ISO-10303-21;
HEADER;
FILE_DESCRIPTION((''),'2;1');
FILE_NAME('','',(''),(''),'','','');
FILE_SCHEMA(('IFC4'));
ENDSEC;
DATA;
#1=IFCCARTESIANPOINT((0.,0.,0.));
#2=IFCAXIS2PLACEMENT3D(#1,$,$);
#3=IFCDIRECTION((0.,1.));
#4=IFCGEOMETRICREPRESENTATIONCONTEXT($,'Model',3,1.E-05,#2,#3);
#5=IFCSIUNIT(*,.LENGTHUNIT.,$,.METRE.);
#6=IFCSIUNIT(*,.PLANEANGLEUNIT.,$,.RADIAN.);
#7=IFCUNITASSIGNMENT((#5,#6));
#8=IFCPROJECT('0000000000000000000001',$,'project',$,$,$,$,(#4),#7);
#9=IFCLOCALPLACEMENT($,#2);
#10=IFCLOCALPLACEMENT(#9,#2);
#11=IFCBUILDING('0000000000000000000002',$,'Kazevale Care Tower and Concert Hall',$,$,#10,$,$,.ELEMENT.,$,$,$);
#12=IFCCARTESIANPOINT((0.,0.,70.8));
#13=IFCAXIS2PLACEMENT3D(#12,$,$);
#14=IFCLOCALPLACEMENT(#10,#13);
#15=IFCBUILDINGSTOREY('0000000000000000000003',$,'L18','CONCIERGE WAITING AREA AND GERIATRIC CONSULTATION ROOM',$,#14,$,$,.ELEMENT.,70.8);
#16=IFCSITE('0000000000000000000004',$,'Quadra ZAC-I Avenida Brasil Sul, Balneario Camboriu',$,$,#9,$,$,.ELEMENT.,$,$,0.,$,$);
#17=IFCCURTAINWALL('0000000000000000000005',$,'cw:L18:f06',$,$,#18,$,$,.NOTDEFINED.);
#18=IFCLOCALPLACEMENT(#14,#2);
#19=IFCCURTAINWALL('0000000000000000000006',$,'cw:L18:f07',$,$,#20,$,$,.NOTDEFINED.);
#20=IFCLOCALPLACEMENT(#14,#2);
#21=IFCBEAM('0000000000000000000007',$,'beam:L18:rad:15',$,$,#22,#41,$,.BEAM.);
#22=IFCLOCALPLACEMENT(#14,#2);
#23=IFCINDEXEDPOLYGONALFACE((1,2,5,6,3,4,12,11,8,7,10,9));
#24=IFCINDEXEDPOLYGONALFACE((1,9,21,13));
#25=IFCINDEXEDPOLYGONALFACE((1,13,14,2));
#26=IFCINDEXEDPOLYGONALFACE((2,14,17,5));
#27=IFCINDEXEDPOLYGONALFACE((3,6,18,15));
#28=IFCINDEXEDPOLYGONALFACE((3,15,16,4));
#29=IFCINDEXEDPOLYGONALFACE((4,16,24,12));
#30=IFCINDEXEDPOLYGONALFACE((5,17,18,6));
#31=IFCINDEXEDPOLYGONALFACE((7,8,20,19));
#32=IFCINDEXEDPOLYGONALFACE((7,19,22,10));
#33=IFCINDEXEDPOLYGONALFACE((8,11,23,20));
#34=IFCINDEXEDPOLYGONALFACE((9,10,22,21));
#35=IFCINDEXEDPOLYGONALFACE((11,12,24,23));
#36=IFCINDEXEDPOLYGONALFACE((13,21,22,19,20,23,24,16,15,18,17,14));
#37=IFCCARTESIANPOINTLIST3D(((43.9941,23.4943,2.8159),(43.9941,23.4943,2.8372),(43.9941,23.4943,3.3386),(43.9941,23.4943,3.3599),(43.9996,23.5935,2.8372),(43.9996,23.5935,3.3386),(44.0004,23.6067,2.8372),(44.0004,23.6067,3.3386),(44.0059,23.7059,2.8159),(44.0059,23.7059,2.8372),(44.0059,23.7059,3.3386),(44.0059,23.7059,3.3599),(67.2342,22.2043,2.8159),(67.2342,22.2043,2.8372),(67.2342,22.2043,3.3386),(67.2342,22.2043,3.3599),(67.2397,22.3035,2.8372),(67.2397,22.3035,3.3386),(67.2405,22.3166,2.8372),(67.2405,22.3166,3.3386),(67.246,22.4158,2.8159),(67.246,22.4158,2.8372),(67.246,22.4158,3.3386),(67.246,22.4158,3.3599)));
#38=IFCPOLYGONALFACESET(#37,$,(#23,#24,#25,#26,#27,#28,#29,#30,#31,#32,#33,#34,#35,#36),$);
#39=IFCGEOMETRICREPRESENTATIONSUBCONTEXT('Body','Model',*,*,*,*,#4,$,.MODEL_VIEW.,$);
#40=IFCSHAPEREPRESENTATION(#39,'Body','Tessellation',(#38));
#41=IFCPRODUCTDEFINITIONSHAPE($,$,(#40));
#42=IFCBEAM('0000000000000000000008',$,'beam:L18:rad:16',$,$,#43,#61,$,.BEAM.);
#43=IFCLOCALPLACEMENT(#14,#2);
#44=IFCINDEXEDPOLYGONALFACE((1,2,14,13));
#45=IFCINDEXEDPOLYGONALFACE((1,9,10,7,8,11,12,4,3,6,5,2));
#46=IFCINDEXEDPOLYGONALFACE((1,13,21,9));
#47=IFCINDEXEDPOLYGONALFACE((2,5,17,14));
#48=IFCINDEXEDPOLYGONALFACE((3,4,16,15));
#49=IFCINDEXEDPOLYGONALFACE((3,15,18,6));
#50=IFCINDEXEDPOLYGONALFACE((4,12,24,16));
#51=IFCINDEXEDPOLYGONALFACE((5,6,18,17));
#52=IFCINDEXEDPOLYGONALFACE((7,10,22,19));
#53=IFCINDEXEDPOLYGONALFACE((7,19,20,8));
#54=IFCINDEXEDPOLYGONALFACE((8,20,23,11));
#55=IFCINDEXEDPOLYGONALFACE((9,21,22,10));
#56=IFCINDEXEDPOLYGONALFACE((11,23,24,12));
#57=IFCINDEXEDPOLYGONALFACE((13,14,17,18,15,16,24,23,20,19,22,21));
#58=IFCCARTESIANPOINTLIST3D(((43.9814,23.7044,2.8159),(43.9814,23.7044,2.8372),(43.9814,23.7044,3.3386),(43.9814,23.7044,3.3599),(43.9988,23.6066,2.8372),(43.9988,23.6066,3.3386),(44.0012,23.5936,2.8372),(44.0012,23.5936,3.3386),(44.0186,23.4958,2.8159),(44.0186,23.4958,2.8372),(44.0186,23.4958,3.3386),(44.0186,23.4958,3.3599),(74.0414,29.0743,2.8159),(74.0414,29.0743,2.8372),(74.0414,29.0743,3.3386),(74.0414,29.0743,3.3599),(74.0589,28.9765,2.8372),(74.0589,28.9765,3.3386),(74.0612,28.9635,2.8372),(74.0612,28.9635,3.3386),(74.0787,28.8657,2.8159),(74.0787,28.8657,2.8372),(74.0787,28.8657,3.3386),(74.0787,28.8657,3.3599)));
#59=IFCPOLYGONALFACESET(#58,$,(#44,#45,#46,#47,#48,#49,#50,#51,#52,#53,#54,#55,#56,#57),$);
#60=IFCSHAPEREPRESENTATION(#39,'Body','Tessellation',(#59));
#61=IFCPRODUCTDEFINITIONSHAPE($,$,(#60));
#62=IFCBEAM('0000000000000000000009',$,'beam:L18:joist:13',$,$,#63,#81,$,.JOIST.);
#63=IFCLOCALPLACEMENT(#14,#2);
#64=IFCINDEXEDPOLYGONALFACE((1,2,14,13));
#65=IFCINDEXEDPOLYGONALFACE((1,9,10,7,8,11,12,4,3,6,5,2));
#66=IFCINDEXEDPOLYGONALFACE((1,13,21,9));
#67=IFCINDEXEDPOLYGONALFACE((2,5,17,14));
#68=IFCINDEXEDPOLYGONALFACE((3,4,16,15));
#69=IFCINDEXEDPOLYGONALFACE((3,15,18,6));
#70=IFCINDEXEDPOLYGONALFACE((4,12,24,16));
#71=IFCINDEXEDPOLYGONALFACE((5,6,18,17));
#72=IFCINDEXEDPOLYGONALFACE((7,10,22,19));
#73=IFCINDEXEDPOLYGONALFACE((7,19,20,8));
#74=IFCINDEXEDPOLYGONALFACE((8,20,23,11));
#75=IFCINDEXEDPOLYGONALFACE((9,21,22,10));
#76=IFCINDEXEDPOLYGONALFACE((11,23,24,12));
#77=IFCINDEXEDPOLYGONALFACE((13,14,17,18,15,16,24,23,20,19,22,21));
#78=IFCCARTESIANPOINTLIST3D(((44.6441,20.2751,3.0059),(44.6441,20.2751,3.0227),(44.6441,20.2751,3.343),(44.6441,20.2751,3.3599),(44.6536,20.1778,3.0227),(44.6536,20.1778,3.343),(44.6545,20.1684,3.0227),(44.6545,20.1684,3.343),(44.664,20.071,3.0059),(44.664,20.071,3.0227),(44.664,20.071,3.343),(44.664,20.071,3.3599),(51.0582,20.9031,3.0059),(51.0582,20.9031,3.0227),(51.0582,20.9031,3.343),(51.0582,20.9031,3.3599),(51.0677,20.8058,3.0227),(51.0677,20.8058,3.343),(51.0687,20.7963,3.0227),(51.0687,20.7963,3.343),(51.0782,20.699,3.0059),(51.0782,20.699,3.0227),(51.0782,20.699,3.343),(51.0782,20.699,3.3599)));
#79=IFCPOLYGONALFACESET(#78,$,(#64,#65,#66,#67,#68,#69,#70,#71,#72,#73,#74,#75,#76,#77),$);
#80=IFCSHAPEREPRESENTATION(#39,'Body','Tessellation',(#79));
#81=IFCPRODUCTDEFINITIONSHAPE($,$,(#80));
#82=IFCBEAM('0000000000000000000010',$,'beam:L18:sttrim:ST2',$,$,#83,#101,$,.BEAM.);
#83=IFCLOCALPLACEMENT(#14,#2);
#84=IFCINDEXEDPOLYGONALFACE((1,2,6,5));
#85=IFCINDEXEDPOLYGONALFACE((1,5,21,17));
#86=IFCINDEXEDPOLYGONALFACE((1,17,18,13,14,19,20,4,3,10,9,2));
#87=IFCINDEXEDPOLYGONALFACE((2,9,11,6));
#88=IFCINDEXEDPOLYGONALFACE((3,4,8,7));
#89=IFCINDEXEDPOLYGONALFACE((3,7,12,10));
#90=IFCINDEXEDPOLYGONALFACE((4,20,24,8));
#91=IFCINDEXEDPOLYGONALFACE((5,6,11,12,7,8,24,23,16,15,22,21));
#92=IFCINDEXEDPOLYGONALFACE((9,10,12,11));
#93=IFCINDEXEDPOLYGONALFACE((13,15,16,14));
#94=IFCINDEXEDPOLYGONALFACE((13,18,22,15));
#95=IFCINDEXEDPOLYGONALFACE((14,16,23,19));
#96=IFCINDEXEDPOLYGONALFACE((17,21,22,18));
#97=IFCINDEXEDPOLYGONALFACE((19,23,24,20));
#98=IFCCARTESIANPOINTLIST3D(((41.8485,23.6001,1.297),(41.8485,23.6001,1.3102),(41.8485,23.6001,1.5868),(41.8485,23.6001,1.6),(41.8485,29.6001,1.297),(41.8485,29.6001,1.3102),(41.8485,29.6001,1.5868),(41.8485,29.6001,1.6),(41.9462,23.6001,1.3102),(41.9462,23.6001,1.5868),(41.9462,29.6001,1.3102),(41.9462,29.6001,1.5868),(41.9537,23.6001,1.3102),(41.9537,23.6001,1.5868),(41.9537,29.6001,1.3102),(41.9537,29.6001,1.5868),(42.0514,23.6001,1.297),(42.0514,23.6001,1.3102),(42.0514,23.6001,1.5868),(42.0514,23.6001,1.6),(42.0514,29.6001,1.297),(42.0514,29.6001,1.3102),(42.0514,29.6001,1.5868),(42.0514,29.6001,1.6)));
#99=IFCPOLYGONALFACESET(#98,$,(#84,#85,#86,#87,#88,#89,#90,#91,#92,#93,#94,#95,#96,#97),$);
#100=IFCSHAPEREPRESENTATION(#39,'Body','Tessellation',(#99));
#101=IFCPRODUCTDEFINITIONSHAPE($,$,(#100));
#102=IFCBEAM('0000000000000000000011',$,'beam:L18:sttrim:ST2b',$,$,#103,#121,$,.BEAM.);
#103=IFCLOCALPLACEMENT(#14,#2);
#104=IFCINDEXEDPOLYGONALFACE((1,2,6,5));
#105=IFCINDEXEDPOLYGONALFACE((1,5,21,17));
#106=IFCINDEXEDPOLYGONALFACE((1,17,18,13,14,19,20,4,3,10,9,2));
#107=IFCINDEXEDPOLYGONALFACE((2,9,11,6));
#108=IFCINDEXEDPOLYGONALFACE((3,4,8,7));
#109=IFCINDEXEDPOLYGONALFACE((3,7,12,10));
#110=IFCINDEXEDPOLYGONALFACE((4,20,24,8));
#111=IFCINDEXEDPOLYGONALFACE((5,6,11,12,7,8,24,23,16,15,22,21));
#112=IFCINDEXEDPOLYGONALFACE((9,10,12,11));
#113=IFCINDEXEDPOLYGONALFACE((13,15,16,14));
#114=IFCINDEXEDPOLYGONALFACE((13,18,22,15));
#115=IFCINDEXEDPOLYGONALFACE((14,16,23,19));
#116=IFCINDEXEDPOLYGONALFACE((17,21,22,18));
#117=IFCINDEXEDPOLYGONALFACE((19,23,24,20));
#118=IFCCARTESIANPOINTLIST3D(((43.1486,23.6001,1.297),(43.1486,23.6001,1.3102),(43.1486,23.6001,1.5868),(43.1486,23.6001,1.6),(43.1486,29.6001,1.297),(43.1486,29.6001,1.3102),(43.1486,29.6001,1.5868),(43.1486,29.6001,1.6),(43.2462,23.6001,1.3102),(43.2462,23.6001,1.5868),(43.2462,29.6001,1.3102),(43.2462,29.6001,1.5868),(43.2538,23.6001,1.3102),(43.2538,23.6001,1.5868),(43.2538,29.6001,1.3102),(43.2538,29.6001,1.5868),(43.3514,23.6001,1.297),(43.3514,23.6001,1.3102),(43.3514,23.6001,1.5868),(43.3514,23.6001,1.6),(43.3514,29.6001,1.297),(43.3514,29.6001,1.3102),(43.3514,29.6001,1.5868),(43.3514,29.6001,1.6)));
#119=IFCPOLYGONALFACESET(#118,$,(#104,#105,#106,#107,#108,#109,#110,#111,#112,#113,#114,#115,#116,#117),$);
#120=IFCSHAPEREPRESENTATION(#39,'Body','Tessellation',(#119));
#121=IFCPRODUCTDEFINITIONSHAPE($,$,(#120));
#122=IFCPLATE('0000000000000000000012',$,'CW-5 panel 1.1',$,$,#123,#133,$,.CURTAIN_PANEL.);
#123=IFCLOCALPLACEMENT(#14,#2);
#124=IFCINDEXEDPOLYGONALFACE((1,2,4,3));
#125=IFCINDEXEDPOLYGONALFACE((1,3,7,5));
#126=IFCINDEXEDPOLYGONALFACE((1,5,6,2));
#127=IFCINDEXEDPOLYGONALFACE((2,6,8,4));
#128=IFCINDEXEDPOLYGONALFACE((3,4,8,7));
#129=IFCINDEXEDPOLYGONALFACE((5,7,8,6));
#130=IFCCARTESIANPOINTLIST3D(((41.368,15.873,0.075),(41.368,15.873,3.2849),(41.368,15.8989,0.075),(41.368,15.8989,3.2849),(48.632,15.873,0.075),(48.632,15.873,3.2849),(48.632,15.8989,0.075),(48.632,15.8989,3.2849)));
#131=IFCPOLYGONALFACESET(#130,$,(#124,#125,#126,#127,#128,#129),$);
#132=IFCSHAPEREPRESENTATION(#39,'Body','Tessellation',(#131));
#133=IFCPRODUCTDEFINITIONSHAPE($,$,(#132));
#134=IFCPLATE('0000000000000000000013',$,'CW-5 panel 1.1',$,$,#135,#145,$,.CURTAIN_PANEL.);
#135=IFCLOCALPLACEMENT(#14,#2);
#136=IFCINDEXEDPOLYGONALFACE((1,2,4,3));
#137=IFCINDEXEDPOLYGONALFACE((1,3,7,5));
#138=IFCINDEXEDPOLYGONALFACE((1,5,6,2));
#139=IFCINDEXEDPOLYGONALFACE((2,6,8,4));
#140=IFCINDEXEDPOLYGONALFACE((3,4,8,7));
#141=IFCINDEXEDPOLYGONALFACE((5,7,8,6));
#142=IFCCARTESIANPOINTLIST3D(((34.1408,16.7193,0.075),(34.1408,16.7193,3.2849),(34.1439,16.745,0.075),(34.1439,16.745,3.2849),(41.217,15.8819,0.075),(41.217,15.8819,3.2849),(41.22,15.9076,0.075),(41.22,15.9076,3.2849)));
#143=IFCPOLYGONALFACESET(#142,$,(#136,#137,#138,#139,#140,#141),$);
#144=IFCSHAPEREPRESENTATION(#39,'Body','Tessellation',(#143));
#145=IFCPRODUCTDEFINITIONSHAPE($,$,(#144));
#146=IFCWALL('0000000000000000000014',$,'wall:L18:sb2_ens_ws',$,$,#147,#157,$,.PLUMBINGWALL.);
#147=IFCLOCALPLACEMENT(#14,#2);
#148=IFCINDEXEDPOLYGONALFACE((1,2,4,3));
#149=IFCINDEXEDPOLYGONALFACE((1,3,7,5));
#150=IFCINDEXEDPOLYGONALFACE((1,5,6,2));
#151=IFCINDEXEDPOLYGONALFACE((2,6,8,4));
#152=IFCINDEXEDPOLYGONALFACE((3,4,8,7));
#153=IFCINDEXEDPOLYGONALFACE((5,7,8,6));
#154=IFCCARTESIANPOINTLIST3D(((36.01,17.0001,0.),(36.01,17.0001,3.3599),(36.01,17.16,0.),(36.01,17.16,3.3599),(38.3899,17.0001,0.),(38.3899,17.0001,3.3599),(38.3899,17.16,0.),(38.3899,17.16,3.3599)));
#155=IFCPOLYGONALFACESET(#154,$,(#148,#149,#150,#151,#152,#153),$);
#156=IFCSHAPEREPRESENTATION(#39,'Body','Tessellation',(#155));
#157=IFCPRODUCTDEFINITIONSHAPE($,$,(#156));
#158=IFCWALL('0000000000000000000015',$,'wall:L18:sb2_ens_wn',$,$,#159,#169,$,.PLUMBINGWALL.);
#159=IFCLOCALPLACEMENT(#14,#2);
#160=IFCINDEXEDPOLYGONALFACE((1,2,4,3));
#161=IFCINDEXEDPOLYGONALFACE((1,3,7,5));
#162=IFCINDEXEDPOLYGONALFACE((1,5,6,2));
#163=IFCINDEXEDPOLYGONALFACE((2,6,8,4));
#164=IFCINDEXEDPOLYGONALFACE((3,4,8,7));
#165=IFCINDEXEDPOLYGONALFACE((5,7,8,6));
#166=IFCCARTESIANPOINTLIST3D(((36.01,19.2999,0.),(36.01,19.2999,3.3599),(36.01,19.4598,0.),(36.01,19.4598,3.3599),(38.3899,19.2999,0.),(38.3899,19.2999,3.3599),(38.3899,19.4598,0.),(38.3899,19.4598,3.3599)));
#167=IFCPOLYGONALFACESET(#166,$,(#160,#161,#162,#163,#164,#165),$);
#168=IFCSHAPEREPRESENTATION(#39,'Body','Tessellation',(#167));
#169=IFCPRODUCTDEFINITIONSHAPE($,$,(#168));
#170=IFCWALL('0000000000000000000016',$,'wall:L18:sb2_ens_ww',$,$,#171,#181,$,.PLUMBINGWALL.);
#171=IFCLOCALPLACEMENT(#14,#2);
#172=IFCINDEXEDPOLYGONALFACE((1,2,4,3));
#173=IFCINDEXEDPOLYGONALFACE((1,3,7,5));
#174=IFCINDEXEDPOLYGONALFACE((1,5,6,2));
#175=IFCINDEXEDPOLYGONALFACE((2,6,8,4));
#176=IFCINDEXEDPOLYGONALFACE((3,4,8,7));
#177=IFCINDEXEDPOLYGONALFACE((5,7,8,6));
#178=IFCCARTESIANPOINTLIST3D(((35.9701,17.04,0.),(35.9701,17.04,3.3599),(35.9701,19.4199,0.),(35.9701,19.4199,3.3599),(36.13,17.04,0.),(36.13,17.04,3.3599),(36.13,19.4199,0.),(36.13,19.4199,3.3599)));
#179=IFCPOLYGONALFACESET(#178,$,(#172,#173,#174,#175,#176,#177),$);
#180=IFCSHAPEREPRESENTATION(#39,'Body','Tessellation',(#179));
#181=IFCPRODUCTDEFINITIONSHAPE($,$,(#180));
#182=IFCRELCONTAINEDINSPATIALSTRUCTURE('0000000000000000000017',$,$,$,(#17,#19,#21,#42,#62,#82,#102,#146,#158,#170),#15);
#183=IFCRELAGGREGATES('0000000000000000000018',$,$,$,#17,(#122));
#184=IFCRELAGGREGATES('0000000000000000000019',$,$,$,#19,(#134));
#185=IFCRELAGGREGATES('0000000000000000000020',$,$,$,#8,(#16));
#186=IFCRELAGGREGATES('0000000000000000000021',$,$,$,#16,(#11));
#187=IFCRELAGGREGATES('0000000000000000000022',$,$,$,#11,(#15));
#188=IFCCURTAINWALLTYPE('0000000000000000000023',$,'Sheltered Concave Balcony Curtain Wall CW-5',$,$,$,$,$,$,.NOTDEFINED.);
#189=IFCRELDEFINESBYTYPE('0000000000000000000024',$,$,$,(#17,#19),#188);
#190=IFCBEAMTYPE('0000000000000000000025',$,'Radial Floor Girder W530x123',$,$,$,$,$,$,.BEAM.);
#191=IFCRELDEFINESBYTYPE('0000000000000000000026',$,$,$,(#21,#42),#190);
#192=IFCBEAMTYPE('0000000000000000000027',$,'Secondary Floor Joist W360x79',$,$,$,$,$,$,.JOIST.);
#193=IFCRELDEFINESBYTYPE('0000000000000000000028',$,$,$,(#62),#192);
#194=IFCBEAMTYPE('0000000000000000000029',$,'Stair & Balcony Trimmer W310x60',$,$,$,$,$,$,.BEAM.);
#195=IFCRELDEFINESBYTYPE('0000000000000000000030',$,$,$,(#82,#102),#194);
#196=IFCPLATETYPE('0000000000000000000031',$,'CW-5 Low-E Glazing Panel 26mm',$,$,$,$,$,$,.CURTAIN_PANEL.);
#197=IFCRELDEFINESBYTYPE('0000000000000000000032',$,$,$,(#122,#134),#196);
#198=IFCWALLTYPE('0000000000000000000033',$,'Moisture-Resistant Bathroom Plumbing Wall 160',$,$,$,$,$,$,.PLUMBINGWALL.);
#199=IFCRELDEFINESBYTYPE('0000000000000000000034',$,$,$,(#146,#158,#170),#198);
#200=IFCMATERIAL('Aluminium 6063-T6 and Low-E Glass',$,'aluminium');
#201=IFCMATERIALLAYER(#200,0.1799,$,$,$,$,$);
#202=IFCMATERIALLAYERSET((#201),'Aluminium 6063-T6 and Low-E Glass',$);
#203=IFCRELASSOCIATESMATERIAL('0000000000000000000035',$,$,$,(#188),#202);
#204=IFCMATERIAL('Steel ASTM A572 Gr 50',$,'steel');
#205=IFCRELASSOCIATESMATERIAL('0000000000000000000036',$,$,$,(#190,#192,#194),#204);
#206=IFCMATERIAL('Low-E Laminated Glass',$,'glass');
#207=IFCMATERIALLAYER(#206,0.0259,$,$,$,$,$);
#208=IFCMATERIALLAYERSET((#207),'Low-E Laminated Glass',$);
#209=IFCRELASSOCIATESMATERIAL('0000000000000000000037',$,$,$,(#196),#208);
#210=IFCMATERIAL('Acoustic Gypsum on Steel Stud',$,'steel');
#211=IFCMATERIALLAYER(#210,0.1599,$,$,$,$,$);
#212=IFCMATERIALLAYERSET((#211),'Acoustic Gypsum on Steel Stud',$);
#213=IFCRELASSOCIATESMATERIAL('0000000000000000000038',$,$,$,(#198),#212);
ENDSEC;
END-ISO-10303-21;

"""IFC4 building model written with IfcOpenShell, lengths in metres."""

from ifc_helpers import new_model, si_unit, direction, frame, frame_2d, origin, origin_2d, place, context, subcontext, project, spatial, rectangle, i_section, extrude, material, layer, layer_set, material_profile, profile_set, type_object, element, aggregate, save


model = new_model("IFC4")

# Units and contexts
model_context = context("Model", 3, precision=1e-05, world=origin(), true_north=direction((0.0, 1.0)))
body_context = subcontext(model_context, "Body", "Model", "MODEL_VIEW")
ifc_project = project(units=[si_unit("LENGTHUNIT", "METRE"), si_unit("PLANEANGLEUNIT", "RADIAN")], contexts=[model_context])

# Site, building, storey
site_placement = place(None, origin())
site = spatial("IfcSite", under=ifc_project, at=site_placement, Name="Quadra ZAC-I Avenida Brasil Sul, Balneario Camboriu", CompositionType="ELEMENT", RefElevation=0.0)
building_placement = place(site_placement, origin())
building = spatial("IfcBuilding", under=site, at=building_placement, Name="Kazevale Care Tower and Concert Hall", CompositionType="ELEMENT")
storey_placement = place(building_placement, frame((0.0, 0.0, 70.8)))
storey = spatial("IfcBuildingStorey", under=building, at=storey_placement, Name="L18", Description="CONCIERGE WAITING AREA AND GERIATRIC CONSULTATION ROOM", CompositionType="ELEMENT", Elevation=70.8)

# Curtain wall
ifc_material_1 = material(Name="Aluminium 6063-T6 and Low-E Glass", Category="aluminium")
ifc_layer_1 = layer(ifc_material_1, 0.1799)
ifc_layer_set_1 = layer_set([ifc_layer_1], Name="Aluminium 6063-T6 and Low-E Glass")
curtain_wall_type = type_object("IfcCurtainWallType", Name="Sheltered Concave Balcony Curtain Wall CW-5", PredefinedType="NOTDEFINED", material=ifc_layer_set_1)
curtain_wall_1_placement = place(storey_placement, origin())
curtain_wall_1 = element("IfcCurtainWall", 1, at=curtain_wall_1_placement, inside=storey, type_object=curtain_wall_type, Name="cw:L18:f06", PredefinedType="NOTDEFINED")

# Curtain wall
curtain_wall_2_placement = place(storey_placement, origin())
curtain_wall_2 = element("IfcCurtainWall", 2, at=curtain_wall_2_placement, inside=storey, type_object=curtain_wall_type, Name="cw:L18:f07", PredefinedType="NOTDEFINED")

# Beams
ifc_material_2 = material(Name="Steel ASTM A572 Gr 50", Category="steel")
ifc_material_profile_1 = material_profile(ifc_material_2, i_section(OverallWidth=0.2119, OverallDepth=0.5439, WebThickness=0.0132, FlangeThickness=0.0212, at=origin_2d()), Name="W530x123")
ifc_profile_set_1 = profile_set([ifc_material_profile_1], Name="Steel ASTM A572 Gr 50")
beam_type_1 = type_object("IfcBeamType", Name="Radial Floor Girder W530x123", PredefinedType="BEAM", material=ifc_profile_set_1)
beam_1_placement = place(storey_placement, frame((44.0, 23.6001, 3.0879), z_axis=(0.998463, -0.055424, 0.0), x_axis=(0.055424, 0.998463, 0.0)))
element("IfcBeam", 3, at=beam_1_placement, inside=storey, type_object=beam_type_1, Name="beam:L18:rad:15", PredefinedType="BEAM", context=body_context, shape_type="SweptSolid", body=[
    extrude(i_section(OverallWidth=0.2119, OverallDepth=0.5439, WebThickness=0.0132, FlangeThickness=0.0212, at=origin_2d()), origin(), (0.0, 0.0, 1.0), 23.2759),
])
beam_2_placement = place(storey_placement, frame((44.0, 23.6001, 3.0879), z_axis=(0.984416, 0.175854, 0.0), x_axis=(-0.175854, 0.984416, 0.0)))
element("IfcBeam", 4, at=beam_2_placement, inside=storey, type_object=beam_type_1, Name="beam:L18:rad:16", PredefinedType="BEAM", context=body_context, shape_type="SweptSolid", body=[
    extrude(i_section(OverallWidth=0.2119, OverallDepth=0.5439, WebThickness=0.0132, FlangeThickness=0.0212, at=origin_2d()), origin(), (0.0, 0.0, 1.0), 30.5359),
])
ifc_material_profile_2 = material_profile(ifc_material_2, i_section(OverallWidth=0.2051, OverallDepth=0.354, WebThickness=0.0095, FlangeThickness=0.0168, at=origin_2d()), Name="W360x79")
ifc_profile_set_2 = profile_set([ifc_material_profile_2], Name="Steel ASTM A572 Gr 50")
beam_type_2 = type_object("IfcBeamType", Name="Secondary Floor Joist W360x79", PredefinedType="JOIST", material=ifc_profile_set_2)
beam_3_placement = place(storey_placement, frame((44.6541, 20.1731, 3.1829), z_axis=(0.995242, 0.097433, 0.0), x_axis=(-0.097433, 0.995242, 0.0)))
element("IfcBeam", 5, at=beam_3_placement, inside=storey, type_object=beam_type_2, Name="beam:L18:joist:13", PredefinedType="JOIST", context=body_context, shape_type="SweptSolid", body=[
    extrude(i_section(OverallWidth=0.2051, OverallDepth=0.354, WebThickness=0.0095, FlangeThickness=0.0168, at=origin_2d()), origin(), (0.0, 0.0, 1.0), 6.4448),
])
ifc_material_profile_3 = material_profile(ifc_material_2, i_section(OverallWidth=0.2029, OverallDepth=0.303, WebThickness=0.0076, FlangeThickness=0.0132, at=origin_2d()), Name="W310x60")
ifc_profile_set_3 = profile_set([ifc_material_profile_3], Name="Steel ASTM A572 Gr 50")
beam_type_3 = type_object("IfcBeamType", Name="Stair & Balcony Trimmer W310x60", PredefinedType="BEAM", material=ifc_profile_set_3)
for number, where, z_axis, x_axis, name in (
    (6, (41.95, 23.6001, 1.4485), (0.0, 1.0, 0.0), (-1.0, 0.0, 0.0), "beam:L18:sttrim:ST2"),
    (7, (43.25, 23.6001, 1.4485), (0.0, 1.0, 0.0), (-1.0, 0.0, 0.0), "beam:L18:sttrim:ST2b"),
):
    element("IfcBeam", number, at=place(storey_placement, frame(where, z_axis=z_axis, x_axis=x_axis)), inside=storey, type_object=beam_type_3, Name=name, PredefinedType="BEAM", context=body_context, shape_type="SweptSolid", body=[
        extrude(i_section(OverallWidth=0.2029, OverallDepth=0.303, WebThickness=0.0076, FlangeThickness=0.0132, at=origin_2d()), origin(), (0.0, 0.0, 1.0), 6.0),
    ])

# Plates
ifc_material_3 = material(Name="Low-E Laminated Glass", Category="glass")
ifc_layer_2 = layer(ifc_material_3, 0.0259)
ifc_layer_set_2 = layer_set([ifc_layer_2], Name="Low-E Laminated Glass")
plate_type = type_object("IfcPlateType", Name="CW-5 Low-E Glazing Panel 26mm", PredefinedType="CURTAIN_PANEL", material=ifc_layer_set_2)
plate_1_placement = place(storey_placement, frame((45.0, 15.886, 0.075), z_axis=(0.0, 0.0, 1.0), x_axis=(-1.0, 0.0, 0.0)))
plate_1 = element("IfcPlate", 8, at=plate_1_placement, type_object=plate_type, Name="CW-5 panel 1.1", PredefinedType="CURTAIN_PANEL", context=body_context, shape_type="SweptSolid", body=[
    extrude(rectangle(XDim=7.2639, YDim=0.0259, at=origin_2d()), origin(), (0.0, 0.0, 1.0), 3.21),
])
aggregate(curtain_wall_1, [plate_1])
plate_2_placement = place(storey_placement, frame((37.6804, 16.3135, 0.075), z_axis=(0.0, 0.0, 1.0), x_axis=(-0.993071, 0.117519, 0.0)))
plate_2 = element("IfcPlate", 9, at=plate_2_placement, type_object=plate_type, Name="CW-5 panel 1.1", PredefinedType="CURTAIN_PANEL", context=body_context, shape_type="SweptSolid", body=[
    extrude(rectangle(XDim=7.1255, YDim=0.0259, at=origin_2d()), origin(), (0.0, 0.0, 1.0), 3.21),
])
aggregate(curtain_wall_2, [plate_2])

# Walls
ifc_material_4 = material(Name="Acoustic Gypsum on Steel Stud", Category="steel")
ifc_layer_3 = layer(ifc_material_4, 0.1599)
ifc_layer_set_3 = layer_set([ifc_layer_3], Name="Acoustic Gypsum on Steel Stud")
wall_type_1 = type_object("IfcWallType", Name="Moisture-Resistant Bathroom Plumbing Wall 160", PredefinedType="PLUMBINGWALL", material=ifc_layer_set_3)
for number, where, z_axis, x_axis, name in (
    (10, (36.01, 17.0801, 0.0), (0.0, 0.0, 1.0), (1.0, 0.0, 0.0), "wall:L18:sb2_ens_ws"),
    (11, (36.01, 19.3799, 0.0), (0.0, 0.0, 1.0), (1.0, 0.0, 0.0), "wall:L18:sb2_ens_wn"),
    (12, (36.05, 17.04, 0.0), (0.0, 0.0, 1.0), (0.0, 1.0, 0.0), "wall:L18:sb2_ens_ww"),
):
    element("IfcWall", number, at=place(storey_placement, frame(where, z_axis=z_axis, x_axis=x_axis)), inside=storey, type_object=wall_type_1, Name=name, PredefinedType="PLUMBINGWALL", context=body_context, shape_type="SweptSolid", body=[
        extrude(rectangle(XDim=2.3799, YDim=0.1599, at=frame_2d((1.1899, 0.0))), origin(), (0.0, 0.0, 1.0), 3.3599),
    ])

save(model, "model.ifc")
